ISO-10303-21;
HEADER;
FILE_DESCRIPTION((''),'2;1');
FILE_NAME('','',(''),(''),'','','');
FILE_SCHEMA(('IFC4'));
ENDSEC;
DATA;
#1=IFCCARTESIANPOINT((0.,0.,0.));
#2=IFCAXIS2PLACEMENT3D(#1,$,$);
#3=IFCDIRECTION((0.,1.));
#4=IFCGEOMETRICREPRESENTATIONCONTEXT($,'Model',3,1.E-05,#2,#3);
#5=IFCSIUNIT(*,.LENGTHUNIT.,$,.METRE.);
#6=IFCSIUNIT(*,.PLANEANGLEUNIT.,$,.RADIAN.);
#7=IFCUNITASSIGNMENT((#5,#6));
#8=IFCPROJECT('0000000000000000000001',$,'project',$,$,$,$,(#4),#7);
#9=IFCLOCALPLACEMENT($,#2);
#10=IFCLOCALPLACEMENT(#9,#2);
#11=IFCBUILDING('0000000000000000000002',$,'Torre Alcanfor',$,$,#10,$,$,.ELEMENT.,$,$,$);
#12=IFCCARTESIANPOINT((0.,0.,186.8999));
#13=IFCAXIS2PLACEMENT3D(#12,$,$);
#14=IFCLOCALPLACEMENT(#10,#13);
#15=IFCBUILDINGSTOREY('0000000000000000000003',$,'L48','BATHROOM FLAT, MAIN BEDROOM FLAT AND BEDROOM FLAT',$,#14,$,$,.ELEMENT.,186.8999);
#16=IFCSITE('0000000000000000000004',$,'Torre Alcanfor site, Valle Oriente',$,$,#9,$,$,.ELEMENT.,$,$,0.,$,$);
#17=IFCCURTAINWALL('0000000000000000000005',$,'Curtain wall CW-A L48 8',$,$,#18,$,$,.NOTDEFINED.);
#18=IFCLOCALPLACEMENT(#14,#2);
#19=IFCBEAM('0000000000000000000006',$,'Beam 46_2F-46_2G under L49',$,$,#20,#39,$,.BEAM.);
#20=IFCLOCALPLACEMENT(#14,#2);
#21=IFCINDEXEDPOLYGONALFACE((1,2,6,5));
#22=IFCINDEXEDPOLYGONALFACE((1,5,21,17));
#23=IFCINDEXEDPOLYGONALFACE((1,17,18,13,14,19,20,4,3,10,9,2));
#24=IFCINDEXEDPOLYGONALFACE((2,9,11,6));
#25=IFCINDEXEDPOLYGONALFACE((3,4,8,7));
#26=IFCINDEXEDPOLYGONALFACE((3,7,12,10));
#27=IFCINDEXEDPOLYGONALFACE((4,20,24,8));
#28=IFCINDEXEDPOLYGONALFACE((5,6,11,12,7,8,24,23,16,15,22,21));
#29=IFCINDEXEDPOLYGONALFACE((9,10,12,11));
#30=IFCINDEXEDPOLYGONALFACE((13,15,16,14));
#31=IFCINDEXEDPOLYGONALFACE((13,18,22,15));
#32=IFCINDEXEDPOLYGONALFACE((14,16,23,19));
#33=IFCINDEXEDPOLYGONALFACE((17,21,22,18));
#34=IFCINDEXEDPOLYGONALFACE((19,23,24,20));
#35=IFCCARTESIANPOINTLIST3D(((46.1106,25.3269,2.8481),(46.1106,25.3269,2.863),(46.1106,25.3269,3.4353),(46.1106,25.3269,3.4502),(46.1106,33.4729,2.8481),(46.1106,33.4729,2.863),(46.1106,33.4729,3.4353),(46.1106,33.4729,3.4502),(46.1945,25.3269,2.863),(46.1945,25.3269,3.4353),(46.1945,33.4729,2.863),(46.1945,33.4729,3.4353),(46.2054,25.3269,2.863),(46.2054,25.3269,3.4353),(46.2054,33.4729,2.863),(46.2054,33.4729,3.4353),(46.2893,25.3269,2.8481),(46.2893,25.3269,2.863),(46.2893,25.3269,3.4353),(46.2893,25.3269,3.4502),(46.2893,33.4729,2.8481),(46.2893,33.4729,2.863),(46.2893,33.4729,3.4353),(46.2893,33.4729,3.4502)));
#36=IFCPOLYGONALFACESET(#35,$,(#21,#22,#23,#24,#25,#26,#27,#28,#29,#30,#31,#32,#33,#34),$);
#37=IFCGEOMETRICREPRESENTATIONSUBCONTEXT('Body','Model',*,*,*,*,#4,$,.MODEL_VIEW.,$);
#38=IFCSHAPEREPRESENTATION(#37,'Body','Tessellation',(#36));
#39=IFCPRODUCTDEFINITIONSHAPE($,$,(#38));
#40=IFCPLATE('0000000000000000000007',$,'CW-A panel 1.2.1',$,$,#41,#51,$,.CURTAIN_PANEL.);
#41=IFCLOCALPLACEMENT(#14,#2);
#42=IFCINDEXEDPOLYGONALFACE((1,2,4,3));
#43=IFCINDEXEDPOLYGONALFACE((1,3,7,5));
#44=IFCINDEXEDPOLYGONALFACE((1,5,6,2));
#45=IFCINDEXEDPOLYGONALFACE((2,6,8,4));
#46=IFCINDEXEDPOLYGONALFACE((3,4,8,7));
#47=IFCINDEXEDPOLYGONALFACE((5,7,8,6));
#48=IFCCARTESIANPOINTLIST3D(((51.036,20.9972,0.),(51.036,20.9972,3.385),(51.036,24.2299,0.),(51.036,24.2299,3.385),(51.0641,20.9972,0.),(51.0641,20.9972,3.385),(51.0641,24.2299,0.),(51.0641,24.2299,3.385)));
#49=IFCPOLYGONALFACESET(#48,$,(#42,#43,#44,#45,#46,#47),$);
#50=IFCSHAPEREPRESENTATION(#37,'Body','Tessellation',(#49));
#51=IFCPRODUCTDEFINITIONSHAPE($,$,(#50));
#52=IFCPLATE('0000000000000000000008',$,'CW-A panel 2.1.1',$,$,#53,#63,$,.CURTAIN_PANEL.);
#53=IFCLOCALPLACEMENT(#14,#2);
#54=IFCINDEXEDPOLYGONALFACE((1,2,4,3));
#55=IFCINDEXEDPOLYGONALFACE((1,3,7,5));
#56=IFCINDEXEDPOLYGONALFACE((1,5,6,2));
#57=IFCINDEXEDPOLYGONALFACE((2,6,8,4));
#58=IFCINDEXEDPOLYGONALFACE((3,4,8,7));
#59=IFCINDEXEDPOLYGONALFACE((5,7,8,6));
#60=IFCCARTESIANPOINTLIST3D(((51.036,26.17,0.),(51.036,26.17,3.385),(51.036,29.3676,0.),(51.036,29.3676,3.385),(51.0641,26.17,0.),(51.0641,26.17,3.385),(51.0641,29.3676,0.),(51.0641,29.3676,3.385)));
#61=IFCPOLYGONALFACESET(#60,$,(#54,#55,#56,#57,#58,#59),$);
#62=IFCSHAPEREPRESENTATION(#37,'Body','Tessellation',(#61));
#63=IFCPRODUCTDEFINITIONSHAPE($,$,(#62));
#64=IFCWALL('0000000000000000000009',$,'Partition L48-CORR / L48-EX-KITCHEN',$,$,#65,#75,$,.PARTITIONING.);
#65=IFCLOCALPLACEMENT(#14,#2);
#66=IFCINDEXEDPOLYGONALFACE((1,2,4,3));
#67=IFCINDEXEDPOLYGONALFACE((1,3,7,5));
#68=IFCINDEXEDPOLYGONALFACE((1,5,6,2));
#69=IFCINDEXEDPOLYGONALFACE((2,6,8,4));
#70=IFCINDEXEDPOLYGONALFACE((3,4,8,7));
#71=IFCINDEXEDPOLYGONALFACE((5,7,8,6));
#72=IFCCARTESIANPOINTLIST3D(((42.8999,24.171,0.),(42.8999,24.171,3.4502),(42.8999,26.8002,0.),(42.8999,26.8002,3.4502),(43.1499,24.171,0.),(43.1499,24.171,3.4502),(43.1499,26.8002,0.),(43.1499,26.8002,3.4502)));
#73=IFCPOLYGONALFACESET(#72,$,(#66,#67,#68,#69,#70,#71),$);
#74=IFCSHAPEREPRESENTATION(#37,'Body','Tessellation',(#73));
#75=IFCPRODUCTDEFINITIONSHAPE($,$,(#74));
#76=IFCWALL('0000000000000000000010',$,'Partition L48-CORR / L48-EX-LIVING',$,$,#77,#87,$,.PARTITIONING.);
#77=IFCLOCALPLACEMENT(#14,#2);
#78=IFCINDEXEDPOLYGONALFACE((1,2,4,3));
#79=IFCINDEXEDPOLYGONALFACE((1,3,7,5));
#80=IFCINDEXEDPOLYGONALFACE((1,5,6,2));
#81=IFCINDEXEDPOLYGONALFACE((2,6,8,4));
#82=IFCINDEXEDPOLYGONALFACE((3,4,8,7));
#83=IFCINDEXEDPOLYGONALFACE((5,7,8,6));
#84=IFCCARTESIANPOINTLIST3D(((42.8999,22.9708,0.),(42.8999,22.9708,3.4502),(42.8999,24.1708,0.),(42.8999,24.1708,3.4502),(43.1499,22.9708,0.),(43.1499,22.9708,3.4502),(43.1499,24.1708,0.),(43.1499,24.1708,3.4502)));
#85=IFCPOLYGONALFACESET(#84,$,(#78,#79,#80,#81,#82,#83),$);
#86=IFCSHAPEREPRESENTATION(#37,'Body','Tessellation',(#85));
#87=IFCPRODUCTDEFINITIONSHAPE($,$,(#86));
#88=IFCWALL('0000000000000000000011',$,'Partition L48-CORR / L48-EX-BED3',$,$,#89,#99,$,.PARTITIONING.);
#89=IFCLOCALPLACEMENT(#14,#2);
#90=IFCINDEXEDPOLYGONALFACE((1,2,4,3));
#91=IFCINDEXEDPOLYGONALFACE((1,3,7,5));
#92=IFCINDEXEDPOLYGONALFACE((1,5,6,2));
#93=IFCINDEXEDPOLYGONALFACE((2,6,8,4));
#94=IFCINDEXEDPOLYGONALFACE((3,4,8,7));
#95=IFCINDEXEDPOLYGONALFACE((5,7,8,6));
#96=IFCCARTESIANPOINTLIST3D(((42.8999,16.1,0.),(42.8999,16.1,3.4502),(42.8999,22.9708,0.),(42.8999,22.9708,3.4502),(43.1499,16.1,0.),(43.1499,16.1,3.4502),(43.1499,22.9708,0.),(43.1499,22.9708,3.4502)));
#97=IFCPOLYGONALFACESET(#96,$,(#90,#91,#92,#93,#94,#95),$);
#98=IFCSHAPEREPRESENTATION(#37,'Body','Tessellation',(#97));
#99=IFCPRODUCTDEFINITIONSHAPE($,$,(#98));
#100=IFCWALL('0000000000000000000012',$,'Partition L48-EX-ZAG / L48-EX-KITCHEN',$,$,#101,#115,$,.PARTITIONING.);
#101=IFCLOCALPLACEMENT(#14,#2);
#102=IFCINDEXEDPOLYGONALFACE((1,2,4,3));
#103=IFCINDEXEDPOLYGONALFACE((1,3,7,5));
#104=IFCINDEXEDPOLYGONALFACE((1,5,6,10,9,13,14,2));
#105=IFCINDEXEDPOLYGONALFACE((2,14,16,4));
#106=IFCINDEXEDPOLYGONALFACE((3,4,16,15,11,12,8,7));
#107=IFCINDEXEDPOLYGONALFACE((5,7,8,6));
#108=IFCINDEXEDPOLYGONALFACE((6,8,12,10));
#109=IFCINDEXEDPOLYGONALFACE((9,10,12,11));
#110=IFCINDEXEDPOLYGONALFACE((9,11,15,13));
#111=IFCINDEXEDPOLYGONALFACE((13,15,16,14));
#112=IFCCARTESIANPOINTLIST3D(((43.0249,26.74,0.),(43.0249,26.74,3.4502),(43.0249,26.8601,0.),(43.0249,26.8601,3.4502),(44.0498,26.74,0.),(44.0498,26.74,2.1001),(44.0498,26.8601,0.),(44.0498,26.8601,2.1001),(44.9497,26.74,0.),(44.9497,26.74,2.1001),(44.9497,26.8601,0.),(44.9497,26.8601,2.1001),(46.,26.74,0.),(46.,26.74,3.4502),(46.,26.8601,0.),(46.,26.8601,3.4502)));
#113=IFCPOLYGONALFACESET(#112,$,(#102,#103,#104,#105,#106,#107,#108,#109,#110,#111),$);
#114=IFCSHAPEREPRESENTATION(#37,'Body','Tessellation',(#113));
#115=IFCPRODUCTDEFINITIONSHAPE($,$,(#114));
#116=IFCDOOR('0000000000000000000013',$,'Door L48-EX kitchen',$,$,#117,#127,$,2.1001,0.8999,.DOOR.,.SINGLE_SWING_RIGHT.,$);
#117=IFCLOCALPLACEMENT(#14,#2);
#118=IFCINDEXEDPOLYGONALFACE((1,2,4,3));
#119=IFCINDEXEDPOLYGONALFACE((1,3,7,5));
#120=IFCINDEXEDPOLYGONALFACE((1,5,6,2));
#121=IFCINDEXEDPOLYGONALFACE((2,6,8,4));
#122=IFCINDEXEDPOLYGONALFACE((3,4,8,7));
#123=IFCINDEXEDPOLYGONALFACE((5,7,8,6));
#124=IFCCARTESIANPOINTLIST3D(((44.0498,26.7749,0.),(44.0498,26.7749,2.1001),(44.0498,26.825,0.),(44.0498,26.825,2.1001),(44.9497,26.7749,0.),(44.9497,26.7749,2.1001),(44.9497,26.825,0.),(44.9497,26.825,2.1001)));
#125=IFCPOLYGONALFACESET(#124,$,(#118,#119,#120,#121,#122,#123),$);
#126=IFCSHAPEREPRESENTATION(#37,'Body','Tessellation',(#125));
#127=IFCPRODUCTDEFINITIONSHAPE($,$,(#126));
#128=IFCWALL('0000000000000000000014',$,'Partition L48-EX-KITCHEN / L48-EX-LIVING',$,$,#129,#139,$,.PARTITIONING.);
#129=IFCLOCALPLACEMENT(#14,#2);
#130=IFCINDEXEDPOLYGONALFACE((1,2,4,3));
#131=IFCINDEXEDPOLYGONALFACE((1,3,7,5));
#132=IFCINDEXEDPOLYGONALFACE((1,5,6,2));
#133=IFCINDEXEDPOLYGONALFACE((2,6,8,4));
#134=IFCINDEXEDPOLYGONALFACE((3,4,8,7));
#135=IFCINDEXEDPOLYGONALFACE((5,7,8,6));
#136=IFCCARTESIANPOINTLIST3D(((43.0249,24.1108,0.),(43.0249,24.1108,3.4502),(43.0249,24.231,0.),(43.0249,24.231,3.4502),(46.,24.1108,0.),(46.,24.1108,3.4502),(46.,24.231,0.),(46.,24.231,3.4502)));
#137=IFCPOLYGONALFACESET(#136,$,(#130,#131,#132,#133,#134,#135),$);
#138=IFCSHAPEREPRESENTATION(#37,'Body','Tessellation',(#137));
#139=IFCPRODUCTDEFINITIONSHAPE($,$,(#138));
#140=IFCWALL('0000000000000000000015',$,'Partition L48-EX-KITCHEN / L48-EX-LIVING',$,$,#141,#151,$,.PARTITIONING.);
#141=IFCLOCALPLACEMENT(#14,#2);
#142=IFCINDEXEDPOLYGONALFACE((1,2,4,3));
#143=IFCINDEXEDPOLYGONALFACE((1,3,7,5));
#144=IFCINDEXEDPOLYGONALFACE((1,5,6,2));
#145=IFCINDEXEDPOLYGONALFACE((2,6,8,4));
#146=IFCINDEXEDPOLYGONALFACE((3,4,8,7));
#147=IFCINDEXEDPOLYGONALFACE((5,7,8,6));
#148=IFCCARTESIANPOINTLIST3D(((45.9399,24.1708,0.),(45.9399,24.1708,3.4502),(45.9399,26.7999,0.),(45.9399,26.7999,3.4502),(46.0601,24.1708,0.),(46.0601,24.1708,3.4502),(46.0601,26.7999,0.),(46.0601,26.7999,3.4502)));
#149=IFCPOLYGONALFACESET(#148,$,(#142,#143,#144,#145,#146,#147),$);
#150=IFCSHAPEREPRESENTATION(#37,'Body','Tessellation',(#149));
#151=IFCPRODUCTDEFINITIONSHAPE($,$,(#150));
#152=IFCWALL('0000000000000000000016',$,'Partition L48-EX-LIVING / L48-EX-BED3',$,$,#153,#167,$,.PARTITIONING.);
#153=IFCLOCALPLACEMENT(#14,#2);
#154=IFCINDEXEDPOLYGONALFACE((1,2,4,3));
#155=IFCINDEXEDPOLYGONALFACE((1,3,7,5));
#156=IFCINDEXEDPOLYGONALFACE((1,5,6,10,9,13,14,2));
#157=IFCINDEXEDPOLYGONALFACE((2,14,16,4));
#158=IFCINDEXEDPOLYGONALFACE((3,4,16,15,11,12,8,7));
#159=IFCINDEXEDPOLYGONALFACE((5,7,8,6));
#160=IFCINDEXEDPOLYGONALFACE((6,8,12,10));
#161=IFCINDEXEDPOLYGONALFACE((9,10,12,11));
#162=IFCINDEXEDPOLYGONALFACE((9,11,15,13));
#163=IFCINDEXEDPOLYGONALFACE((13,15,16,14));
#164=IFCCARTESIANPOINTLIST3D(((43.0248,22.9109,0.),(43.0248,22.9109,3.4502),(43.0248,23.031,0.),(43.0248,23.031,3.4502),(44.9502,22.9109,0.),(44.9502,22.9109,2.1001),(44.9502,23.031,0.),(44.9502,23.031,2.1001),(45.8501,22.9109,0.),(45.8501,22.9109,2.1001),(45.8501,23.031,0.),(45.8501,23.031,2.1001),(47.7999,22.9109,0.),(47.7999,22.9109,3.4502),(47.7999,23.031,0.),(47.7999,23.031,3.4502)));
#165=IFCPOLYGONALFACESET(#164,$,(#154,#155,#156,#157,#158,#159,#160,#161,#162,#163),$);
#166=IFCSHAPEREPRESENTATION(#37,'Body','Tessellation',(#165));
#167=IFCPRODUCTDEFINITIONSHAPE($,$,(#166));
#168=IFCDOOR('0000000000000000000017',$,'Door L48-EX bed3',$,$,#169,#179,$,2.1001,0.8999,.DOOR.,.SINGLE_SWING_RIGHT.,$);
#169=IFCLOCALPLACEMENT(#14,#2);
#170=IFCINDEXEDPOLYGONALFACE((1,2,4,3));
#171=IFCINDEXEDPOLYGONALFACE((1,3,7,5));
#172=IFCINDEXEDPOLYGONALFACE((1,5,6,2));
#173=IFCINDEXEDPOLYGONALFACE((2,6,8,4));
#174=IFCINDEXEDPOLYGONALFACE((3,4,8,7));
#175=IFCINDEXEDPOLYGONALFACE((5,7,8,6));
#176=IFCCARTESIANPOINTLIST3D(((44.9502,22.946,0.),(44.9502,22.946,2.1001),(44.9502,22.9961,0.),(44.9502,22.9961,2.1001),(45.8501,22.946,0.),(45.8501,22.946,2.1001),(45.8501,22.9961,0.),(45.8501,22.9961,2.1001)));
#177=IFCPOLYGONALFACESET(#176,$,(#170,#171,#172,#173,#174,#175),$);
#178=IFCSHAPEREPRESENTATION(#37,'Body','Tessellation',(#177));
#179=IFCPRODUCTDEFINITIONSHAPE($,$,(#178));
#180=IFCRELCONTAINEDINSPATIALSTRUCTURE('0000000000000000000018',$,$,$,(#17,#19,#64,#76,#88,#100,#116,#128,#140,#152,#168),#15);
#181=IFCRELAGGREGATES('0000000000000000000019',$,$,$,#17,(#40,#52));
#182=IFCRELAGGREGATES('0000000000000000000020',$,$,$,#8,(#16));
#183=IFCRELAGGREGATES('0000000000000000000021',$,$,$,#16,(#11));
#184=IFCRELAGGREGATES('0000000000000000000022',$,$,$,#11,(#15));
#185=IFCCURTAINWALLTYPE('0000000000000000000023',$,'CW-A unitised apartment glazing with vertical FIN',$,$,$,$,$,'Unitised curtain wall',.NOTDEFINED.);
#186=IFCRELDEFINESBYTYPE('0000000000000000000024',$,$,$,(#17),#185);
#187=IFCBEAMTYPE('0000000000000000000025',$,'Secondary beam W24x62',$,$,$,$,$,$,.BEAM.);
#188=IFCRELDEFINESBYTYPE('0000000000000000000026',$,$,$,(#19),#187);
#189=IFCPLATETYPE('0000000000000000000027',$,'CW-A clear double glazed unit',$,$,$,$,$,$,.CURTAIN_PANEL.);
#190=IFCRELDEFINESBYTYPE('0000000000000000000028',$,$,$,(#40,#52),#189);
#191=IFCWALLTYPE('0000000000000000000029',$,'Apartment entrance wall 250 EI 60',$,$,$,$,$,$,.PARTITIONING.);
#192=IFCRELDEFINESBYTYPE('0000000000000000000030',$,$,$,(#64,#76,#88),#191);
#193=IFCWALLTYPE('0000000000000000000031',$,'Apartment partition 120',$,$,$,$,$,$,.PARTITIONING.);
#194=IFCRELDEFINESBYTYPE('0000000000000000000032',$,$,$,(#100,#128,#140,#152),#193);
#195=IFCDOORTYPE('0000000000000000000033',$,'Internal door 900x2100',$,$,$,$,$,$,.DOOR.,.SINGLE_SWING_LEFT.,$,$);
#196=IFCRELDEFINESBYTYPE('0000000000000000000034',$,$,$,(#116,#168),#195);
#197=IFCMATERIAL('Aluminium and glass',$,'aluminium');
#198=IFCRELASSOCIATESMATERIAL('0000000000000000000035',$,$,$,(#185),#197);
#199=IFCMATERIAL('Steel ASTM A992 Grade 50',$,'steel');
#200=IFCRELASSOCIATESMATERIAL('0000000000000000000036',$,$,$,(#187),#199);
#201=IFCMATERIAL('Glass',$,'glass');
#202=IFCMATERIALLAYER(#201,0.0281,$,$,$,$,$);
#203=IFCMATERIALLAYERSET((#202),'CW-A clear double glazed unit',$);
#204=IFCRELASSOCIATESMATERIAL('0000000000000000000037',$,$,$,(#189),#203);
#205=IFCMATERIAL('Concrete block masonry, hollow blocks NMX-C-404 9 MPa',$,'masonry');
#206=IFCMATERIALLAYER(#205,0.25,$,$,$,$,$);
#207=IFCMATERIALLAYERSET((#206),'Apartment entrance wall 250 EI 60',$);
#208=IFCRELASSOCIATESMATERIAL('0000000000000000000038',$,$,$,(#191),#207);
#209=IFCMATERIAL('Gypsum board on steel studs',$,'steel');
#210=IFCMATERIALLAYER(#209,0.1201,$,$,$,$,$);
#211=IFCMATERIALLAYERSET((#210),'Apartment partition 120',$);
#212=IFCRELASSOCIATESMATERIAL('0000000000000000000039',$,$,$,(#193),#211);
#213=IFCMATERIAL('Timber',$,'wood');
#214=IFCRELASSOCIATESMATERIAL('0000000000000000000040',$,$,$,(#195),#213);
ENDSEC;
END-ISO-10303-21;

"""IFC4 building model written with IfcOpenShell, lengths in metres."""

from ifc_helpers import new_model, si_unit, direction, frame, frame_2d, origin, origin_2d, place, context, subcontext, project, spatial, rectangle, i_section, extrude, material, layer, layer_set, material_profile, profile_set, type_object, element, fill, aggregate, save


model = new_model("IFC4")

# Units and contexts
model_context = context("Model", 3, precision=1e-05, world=origin(), true_north=direction((0.0, 1.0)))
body_context = subcontext(model_context, "Body", "Model", "MODEL_VIEW")
ifc_project = project(units=[si_unit("LENGTHUNIT", "METRE"), si_unit("PLANEANGLEUNIT", "RADIAN")], contexts=[model_context])

# Site, building, storey
site_placement = place(None, origin())
site = spatial("IfcSite", under=ifc_project, at=site_placement, Name="Torre Alcanfor site, Valle Oriente", CompositionType="ELEMENT", RefElevation=0.0)
building_placement = place(site_placement, origin())
building = spatial("IfcBuilding", under=site, at=building_placement, Name="Torre Alcanfor", CompositionType="ELEMENT")
storey_placement = place(building_placement, frame((0.0, 0.0, 186.8999)))
storey = spatial("IfcBuildingStorey", under=building, at=storey_placement, Name="L48", Description="BATHROOM FLAT, MAIN BEDROOM FLAT AND BEDROOM FLAT", CompositionType="ELEMENT", Elevation=186.8999)

# Curtain wall
ifc_material_1 = material(Name="Aluminium and glass", Category="aluminium")
curtain_wall_type = type_object("IfcCurtainWallType", Name="CW-A unitised apartment glazing with vertical FIN", ElementType="Unitised curtain wall", PredefinedType="NOTDEFINED", material=ifc_material_1)
curtain_wall_placement = place(storey_placement, origin())
curtain_wall = element("IfcCurtainWall", 1, at=curtain_wall_placement, inside=storey, type_object=curtain_wall_type, Name="Curtain wall CW-A L48 8", PredefinedType="NOTDEFINED")

# Beam
ifc_material_2 = material(Name="Steel ASTM A992 Grade 50", Category="steel")
ifc_material_profile_1 = material_profile(ifc_material_2, i_section(OverallWidth=0.1787, OverallDepth=0.6021, WebThickness=0.011, FlangeThickness=0.0149, at=origin_2d()), Name="W24x62")
ifc_profile_set_1 = profile_set([ifc_material_profile_1], Name="Steel ASTM A992 Grade 50")
beam_type_1 = type_object("IfcBeamType", Name="Secondary beam W24x62", PredefinedType="BEAM", material=ifc_profile_set_1)
beam_1_placement = place(storey_placement, frame((46.2, 25.3269, 3.1492), z_axis=(0.0, 1.0, 0.0), x_axis=(-1.0, 0.0, 0.0)))
element("IfcBeam", 2, at=beam_1_placement, inside=storey, type_object=beam_type_1, Name="Beam 46_2F-46_2G under L49", PredefinedType="BEAM", context=body_context, shape_type="SweptSolid", body=[
    extrude(i_section(OverallWidth=0.1787, OverallDepth=0.6021, WebThickness=0.011, FlangeThickness=0.0149, at=origin_2d()), origin(), (0.0, 0.0, 1.0), 8.146),
])

# Plates
ifc_material_3 = material(Name="Glass", Category="glass")
ifc_layer_1 = layer(ifc_material_3, 0.0281)
ifc_layer_set_1 = layer_set([ifc_layer_1], Name="CW-A clear double glazed unit")
plate_type = type_object("IfcPlateType", Name="CW-A clear double glazed unit", PredefinedType="CURTAIN_PANEL", material=ifc_layer_set_1)
plate_1_placement = place(storey_placement, frame((51.05, 22.6135, 0.0), z_axis=(0.0, 0.0, 1.0), x_axis=(0.0, 1.0, 0.0)))
plate_1 = element("IfcPlate", 3, at=plate_1_placement, type_object=plate_type, Name="CW-A panel 1.2.1", PredefinedType="CURTAIN_PANEL", context=body_context, shape_type="SweptSolid", body=[
    extrude(rectangle(XDim=3.2327, YDim=0.0281, at=origin_2d()), origin(), (0.0, 0.0, 1.0), 3.385),
])
plate_2_placement = place(storey_placement, frame((51.05, 27.7688, 0.0), z_axis=(0.0, 0.0, 1.0), x_axis=(0.0, 1.0, 0.0)))
plate_2 = element("IfcPlate", 4, at=plate_2_placement, type_object=plate_type, Name="CW-A panel 2.1.1", PredefinedType="CURTAIN_PANEL", context=body_context, shape_type="SweptSolid", body=[
    extrude(rectangle(XDim=3.1975, YDim=0.0281, at=origin_2d()), origin(), (0.0, 0.0, 1.0), 3.385),
])
aggregate(curtain_wall, [plate_1, plate_2])

# Walls
ifc_material_4 = material(Name="Concrete block masonry, hollow blocks NMX-C-404 9 MPa", Category="masonry")
ifc_layer_2 = layer(ifc_material_4, 0.25)
ifc_layer_set_2 = layer_set([ifc_layer_2], Name="Apartment entrance wall 250 EI 60")
wall_type_1 = type_object("IfcWallType", Name="Apartment entrance wall 250 EI 60", PredefinedType="PARTITIONING", material=ifc_layer_set_2)
wall_1_placement = place(storey_placement, frame((43.0249, 26.8, 0.0), z_axis=(0.0, 0.0, 1.0), x_axis=(0.0, -1.0, 0.0)))
element("IfcWall", 5, at=wall_1_placement, inside=storey, type_object=wall_type_1, Name="Partition L48-CORR / L48-EX-KITCHEN", PredefinedType="PARTITIONING", context=body_context, shape_type="SweptSolid", body=[
    extrude(rectangle(XDim=2.6292, YDim=0.25, at=frame_2d((1.3145, 0.0))), origin(), (0.0, 0.0, 1.0), 3.4502),
])
wall_2_placement = place(storey_placement, frame((43.0249, 24.1709, 0.0), z_axis=(0.0, 0.0, 1.0), x_axis=(0.0, -1.0, 0.0)))
element("IfcWall", 6, at=wall_2_placement, inside=storey, type_object=wall_type_1, Name="Partition L48-CORR / L48-EX-LIVING", PredefinedType="PARTITIONING", context=body_context, shape_type="SweptSolid", body=[
    extrude(rectangle(XDim=1.2, YDim=0.25, at=frame_2d((0.6001, 0.0))), origin(), (0.0, 0.0, 1.0), 3.4502),
])
wall_3_placement = place(storey_placement, frame((43.0249, 22.9709, 0.0), z_axis=(0.0, 0.0, 1.0), x_axis=(0.0, -1.0, 0.0)))
element("IfcWall", 7, at=wall_3_placement, inside=storey, type_object=wall_type_1, Name="Partition L48-CORR / L48-EX-BED3", PredefinedType="PARTITIONING", context=body_context, shape_type="SweptSolid", body=[
    extrude(rectangle(XDim=6.8708, YDim=0.25, at=frame_2d((3.4355, 0.0))), origin(), (0.0, 0.0, 1.0), 3.4502),
])

# Wall, opening, door
ifc_material_5 = material(Name="Gypsum board on steel studs", Category="steel")
ifc_layer_3 = layer(ifc_material_5, 0.1201)
ifc_layer_set_3 = layer_set([ifc_layer_3], Name="Apartment partition 120")
wall_type_2 = type_object("IfcWallType", Name="Apartment partition 120", PredefinedType="PARTITIONING", material=ifc_layer_set_3)
wall_4_placement = place(storey_placement, frame((43.0249, 26.8, 0.0), z_axis=(0.0, 0.0, 1.0), x_axis=(1.0, 0.0, 0.0)))
wall_4 = element("IfcWall", 8, at=wall_4_placement, inside=storey, type_object=wall_type_2, Name="Partition L48-EX-ZAG / L48-EX-KITCHEN", PredefinedType="PARTITIONING", context=body_context, shape_type="SweptSolid", body=[
    extrude(rectangle(XDim=2.9751, YDim=0.1201, at=frame_2d((1.4875, 0.0))), origin(), (0.0, 0.0, 1.0), 3.4502),
])
opening_1_placement = place(wall_4_placement, frame((1.0249, 0.0, 0.0)))
opening_1 = element("IfcOpeningElement", 9, at=opening_1_placement, cuts=wall_4, PredefinedType="OPENING", context=body_context, shape_type="SweptSolid", body=[
    extrude(rectangle(XDim=0.8999, YDim=2.1001, at=frame_2d((0.45, 1.05))), frame((0.0, 0.0701, 0.0), z_axis=(0.0, -1.0, 0.0), x_axis=(1.0, 0.0, 0.0)), (0.0, 0.0, 1.0), 0.1401),
])
ifc_material_6 = material(Name="Timber", Category="wood")
door_type_1 = type_object("IfcDoorType", Name="Internal door 900x2100", OperationType="SINGLE_SWING_LEFT", PredefinedType="DOOR", material=ifc_material_6)
door_1_placement = place(opening_1_placement, frame((0.8999, 0.0, 0.0), z_axis=(0.0, 0.0, 1.0), x_axis=(-1.0, 0.0, 0.0)))
door_1 = element("IfcDoor", 10, at=door_1_placement, inside=storey, type_object=door_type_1, Name="Door L48-EX kitchen", OperationType="SINGLE_SWING_RIGHT", OverallHeight=2.1001, OverallWidth=0.8999, PredefinedType="DOOR", context=body_context, shape_type="SweptSolid", body=[
    extrude(rectangle(XDim=0.8999, YDim=2.1001, at=frame_2d((0.45, 1.05))), frame((0.0, 0.0251, 0.0), z_axis=(0.0, -1.0, 0.0), x_axis=(1.0, 0.0, 0.0)), (0.0, 0.0, 1.0), 0.05),
])
fill(opening_1, door_1)

# Walls
wall_5_placement = place(storey_placement, frame((43.0249, 24.1709, 0.0), z_axis=(0.0, 0.0, 1.0), x_axis=(1.0, 0.0, 0.0)))
element("IfcWall", 11, at=wall_5_placement, inside=storey, type_object=wall_type_2, Name="Partition L48-EX-KITCHEN / L48-EX-LIVING", PredefinedType="PARTITIONING", context=body_context, shape_type="SweptSolid", body=[
    extrude(rectangle(XDim=2.9751, YDim=0.1201, at=frame_2d((1.4875, 0.0))), origin(), (0.0, 0.0, 1.0), 3.4502),
])
wall_6_placement = place(storey_placement, frame((46.0, 24.1709, 0.0), z_axis=(0.0, 0.0, 1.0), x_axis=(0.0, 1.0, 0.0)))
element("IfcWall", 12, at=wall_6_placement, inside=storey, type_object=wall_type_2, Name="Partition L48-EX-KITCHEN / L48-EX-LIVING", PredefinedType="PARTITIONING", context=body_context, shape_type="SweptSolid", body=[
    extrude(rectangle(XDim=2.6292, YDim=0.1201, at=frame_2d((1.3145, 0.0))), origin(), (0.0, 0.0, 1.0), 3.4502),
])

# Wall, opening, door
wall_7_placement = place(storey_placement, frame((47.8, 22.9709, 0.0), z_axis=(0.0, 0.0, 1.0), x_axis=(-1.0, 0.0, 0.0)))
wall_7 = element("IfcWall", 13, at=wall_7_placement, inside=storey, type_object=wall_type_2, Name="Partition L48-EX-LIVING / L48-EX-BED3", PredefinedType="PARTITIONING", context=body_context, shape_type="SweptSolid", body=[
    extrude(rectangle(XDim=4.7751, YDim=0.1201, at=frame_2d((2.3877, 0.0))), origin(), (0.0, 0.0, 1.0), 3.4502),
])
opening_2_placement = place(wall_7_placement, frame((1.95, 0.0, 0.0)))
opening_2 = element("IfcOpeningElement", 14, at=opening_2_placement, cuts=wall_7, PredefinedType="OPENING", context=body_context, shape_type="SweptSolid", body=[
    extrude(rectangle(XDim=0.8999, YDim=2.1001, at=frame_2d((0.45, 1.05))), frame((0.0, 0.0701, 0.0), z_axis=(0.0, -1.0, 0.0), x_axis=(1.0, 0.0, 0.0)), (0.0, 0.0, 1.0), 0.1401),
])
door_2_placement = place(opening_2_placement, origin())
door_2 = element("IfcDoor", 15, at=door_2_placement, inside=storey, type_object=door_type_1, Name="Door L48-EX bed3", OperationType="SINGLE_SWING_RIGHT", OverallHeight=2.1001, OverallWidth=0.8999, PredefinedType="DOOR", context=body_context, shape_type="SweptSolid", body=[
    extrude(rectangle(XDim=0.8999, YDim=2.1001, at=frame_2d((0.45, 1.05))), frame((0.0, 0.0249, 0.0), z_axis=(0.0, -1.0, 0.0), x_axis=(1.0, 0.0, 0.0)), (0.0, 0.0, 1.0), 0.05),
])
fill(opening_2, door_2)

save(model, "model.ifc")
